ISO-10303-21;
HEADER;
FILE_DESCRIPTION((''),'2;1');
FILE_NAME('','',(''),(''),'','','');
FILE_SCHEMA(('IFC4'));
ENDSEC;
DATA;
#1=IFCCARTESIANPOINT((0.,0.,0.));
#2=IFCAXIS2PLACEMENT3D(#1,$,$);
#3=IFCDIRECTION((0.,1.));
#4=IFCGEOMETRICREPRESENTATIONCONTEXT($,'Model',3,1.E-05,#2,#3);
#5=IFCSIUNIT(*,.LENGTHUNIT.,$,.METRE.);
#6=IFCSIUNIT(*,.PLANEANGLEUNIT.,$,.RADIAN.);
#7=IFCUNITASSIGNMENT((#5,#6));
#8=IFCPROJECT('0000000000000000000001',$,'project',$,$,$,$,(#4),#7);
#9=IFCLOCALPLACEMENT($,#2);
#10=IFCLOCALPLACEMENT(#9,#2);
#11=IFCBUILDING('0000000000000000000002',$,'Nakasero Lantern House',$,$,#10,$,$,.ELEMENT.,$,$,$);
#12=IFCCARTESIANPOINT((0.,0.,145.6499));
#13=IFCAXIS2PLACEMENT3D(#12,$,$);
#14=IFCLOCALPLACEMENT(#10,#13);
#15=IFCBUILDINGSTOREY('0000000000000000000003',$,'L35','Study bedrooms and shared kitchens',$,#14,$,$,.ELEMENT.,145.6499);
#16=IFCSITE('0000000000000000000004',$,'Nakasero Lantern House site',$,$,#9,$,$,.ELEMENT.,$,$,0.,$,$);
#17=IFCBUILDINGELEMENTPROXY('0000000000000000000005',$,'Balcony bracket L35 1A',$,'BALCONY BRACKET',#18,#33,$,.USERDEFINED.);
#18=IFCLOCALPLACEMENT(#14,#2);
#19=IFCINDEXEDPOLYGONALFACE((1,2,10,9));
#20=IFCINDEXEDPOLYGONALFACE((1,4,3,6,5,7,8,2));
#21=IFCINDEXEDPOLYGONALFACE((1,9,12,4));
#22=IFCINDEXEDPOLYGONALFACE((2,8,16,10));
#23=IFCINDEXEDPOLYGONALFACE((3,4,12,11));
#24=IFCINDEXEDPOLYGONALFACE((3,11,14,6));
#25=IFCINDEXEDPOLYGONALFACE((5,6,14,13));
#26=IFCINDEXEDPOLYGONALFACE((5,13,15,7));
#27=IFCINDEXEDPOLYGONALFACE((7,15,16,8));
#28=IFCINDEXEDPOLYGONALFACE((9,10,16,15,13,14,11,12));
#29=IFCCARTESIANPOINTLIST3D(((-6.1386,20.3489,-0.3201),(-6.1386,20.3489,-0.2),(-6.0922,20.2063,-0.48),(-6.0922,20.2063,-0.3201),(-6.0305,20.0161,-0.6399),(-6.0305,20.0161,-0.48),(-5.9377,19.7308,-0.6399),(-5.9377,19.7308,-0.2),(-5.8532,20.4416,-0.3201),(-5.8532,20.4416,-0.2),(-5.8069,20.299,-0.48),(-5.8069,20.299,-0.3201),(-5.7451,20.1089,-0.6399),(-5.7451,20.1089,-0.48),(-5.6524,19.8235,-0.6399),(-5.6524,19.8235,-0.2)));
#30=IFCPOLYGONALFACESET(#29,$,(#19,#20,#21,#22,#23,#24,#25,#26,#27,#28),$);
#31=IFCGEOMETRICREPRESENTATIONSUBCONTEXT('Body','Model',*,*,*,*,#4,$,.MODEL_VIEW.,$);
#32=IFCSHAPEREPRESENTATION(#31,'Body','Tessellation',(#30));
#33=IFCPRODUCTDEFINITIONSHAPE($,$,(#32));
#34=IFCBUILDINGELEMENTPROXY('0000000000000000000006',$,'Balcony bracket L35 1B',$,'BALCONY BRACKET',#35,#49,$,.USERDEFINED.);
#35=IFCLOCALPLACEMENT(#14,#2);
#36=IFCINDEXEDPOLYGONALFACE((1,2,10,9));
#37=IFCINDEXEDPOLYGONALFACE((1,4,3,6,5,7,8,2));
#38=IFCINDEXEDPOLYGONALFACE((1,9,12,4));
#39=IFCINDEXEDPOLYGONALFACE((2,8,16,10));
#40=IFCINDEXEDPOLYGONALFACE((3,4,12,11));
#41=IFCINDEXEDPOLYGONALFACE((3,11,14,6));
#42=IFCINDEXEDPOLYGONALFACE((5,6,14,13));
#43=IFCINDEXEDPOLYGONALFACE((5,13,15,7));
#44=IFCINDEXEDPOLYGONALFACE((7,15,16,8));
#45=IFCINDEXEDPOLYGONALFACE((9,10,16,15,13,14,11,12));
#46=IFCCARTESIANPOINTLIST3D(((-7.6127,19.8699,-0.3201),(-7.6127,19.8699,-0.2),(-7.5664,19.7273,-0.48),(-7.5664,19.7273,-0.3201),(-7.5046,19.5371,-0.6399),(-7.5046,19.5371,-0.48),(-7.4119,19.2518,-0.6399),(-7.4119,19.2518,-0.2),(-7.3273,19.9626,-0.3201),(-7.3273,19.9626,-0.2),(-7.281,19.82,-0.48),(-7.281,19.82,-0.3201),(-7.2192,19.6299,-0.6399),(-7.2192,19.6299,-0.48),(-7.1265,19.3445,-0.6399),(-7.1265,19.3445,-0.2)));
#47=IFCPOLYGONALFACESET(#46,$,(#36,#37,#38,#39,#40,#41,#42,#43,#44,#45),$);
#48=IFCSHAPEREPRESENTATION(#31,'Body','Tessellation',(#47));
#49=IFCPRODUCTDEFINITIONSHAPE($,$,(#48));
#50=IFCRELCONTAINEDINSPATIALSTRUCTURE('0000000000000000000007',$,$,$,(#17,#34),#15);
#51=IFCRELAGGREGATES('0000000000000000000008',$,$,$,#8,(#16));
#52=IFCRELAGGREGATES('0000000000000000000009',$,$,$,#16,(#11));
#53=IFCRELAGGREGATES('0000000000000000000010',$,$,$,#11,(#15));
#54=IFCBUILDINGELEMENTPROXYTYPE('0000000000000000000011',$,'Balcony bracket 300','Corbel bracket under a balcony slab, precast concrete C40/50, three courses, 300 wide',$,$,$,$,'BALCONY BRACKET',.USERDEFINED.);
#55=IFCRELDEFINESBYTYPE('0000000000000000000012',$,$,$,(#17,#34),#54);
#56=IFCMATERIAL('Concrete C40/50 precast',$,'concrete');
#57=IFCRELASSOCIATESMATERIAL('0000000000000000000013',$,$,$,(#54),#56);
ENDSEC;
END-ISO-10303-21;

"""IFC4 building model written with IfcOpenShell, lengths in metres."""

from ifc_helpers import new_model, si_unit, direction, frame, origin, place, context, subcontext, project, spatial, polyline, outline, extrude, material, type_object, element, save


model = new_model("IFC4")

# Units and contexts
model_context = context("Model", 3, precision=1e-05, world=origin(), true_north=direction((0.0, 1.0)))
body_context = subcontext(model_context, "Body", "Model", "MODEL_VIEW")
ifc_project = project(units=[si_unit("LENGTHUNIT", "METRE"), si_unit("PLANEANGLEUNIT", "RADIAN")], contexts=[model_context])

# Site, building, storey
site_placement = place(None, origin())
site = spatial("IfcSite", under=ifc_project, at=site_placement, Name="Nakasero Lantern House site", CompositionType="ELEMENT", RefElevation=0.0)
building_placement = place(site_placement, origin())
building = spatial("IfcBuilding", under=site, at=building_placement, Name="Nakasero Lantern House", CompositionType="ELEMENT")
storey_placement = place(building_placement, frame((0.0, 0.0, 145.6499)))
storey = spatial("IfcBuildingStorey", under=building, at=storey_placement, Name="L35", Description="Study bedrooms and shared kitchens", CompositionType="ELEMENT", Elevation=145.6499)

# Building element proxies
ifc_material_1 = material(Name="Concrete C40/50 precast", Category="concrete")
building_element_proxy_type = type_object("IfcBuildingElementProxyType", Name="Balcony bracket 300", Description="Corbel bracket under a balcony slab, precast concrete C40/50, three courses, 300 wide", ElementType="BALCONY BRACKET", PredefinedType="USERDEFINED", material=ifc_material_1)
for number, where, z_axis, x_axis, name in (
    (1, (-5.7952, 19.7771, -0.2), (0.0, 0.0, 1.0), (-0.309017, 0.951057, 0.0), "Balcony bracket L35 1A"),
    (2, (-7.2693, 19.2981, -0.2), (0.0, 0.0, 1.0), (-0.309017, 0.951057, 0.0), "Balcony bracket L35 1B"),
):
    element("IfcBuildingElementProxy", number, at=place(storey_placement, frame(where, z_axis=z_axis, x_axis=x_axis)), inside=storey, type_object=building_element_proxy_type, Name=name, ObjectType="BALCONY BRACKET", PredefinedType="USERDEFINED", context=body_context, shape_type="SweptSolid", body=[
        extrude(outline(polyline([(0.0, 0.0), (0.6499, 0.0), (0.6499, -0.1201), (0.5, -0.1201), (0.5, -0.28), (0.3, -0.28), (0.3, -0.4399), (0.0, -0.4399), (0.0, 0.0)])), frame((0.0, 0.1499, 0.0), z_axis=(0.0, -1.0, 0.0), x_axis=(1.0, 0.0, 0.0)), (0.0, 0.0, 1.0), 0.3),
    ])

save(model, "model.ifc")
